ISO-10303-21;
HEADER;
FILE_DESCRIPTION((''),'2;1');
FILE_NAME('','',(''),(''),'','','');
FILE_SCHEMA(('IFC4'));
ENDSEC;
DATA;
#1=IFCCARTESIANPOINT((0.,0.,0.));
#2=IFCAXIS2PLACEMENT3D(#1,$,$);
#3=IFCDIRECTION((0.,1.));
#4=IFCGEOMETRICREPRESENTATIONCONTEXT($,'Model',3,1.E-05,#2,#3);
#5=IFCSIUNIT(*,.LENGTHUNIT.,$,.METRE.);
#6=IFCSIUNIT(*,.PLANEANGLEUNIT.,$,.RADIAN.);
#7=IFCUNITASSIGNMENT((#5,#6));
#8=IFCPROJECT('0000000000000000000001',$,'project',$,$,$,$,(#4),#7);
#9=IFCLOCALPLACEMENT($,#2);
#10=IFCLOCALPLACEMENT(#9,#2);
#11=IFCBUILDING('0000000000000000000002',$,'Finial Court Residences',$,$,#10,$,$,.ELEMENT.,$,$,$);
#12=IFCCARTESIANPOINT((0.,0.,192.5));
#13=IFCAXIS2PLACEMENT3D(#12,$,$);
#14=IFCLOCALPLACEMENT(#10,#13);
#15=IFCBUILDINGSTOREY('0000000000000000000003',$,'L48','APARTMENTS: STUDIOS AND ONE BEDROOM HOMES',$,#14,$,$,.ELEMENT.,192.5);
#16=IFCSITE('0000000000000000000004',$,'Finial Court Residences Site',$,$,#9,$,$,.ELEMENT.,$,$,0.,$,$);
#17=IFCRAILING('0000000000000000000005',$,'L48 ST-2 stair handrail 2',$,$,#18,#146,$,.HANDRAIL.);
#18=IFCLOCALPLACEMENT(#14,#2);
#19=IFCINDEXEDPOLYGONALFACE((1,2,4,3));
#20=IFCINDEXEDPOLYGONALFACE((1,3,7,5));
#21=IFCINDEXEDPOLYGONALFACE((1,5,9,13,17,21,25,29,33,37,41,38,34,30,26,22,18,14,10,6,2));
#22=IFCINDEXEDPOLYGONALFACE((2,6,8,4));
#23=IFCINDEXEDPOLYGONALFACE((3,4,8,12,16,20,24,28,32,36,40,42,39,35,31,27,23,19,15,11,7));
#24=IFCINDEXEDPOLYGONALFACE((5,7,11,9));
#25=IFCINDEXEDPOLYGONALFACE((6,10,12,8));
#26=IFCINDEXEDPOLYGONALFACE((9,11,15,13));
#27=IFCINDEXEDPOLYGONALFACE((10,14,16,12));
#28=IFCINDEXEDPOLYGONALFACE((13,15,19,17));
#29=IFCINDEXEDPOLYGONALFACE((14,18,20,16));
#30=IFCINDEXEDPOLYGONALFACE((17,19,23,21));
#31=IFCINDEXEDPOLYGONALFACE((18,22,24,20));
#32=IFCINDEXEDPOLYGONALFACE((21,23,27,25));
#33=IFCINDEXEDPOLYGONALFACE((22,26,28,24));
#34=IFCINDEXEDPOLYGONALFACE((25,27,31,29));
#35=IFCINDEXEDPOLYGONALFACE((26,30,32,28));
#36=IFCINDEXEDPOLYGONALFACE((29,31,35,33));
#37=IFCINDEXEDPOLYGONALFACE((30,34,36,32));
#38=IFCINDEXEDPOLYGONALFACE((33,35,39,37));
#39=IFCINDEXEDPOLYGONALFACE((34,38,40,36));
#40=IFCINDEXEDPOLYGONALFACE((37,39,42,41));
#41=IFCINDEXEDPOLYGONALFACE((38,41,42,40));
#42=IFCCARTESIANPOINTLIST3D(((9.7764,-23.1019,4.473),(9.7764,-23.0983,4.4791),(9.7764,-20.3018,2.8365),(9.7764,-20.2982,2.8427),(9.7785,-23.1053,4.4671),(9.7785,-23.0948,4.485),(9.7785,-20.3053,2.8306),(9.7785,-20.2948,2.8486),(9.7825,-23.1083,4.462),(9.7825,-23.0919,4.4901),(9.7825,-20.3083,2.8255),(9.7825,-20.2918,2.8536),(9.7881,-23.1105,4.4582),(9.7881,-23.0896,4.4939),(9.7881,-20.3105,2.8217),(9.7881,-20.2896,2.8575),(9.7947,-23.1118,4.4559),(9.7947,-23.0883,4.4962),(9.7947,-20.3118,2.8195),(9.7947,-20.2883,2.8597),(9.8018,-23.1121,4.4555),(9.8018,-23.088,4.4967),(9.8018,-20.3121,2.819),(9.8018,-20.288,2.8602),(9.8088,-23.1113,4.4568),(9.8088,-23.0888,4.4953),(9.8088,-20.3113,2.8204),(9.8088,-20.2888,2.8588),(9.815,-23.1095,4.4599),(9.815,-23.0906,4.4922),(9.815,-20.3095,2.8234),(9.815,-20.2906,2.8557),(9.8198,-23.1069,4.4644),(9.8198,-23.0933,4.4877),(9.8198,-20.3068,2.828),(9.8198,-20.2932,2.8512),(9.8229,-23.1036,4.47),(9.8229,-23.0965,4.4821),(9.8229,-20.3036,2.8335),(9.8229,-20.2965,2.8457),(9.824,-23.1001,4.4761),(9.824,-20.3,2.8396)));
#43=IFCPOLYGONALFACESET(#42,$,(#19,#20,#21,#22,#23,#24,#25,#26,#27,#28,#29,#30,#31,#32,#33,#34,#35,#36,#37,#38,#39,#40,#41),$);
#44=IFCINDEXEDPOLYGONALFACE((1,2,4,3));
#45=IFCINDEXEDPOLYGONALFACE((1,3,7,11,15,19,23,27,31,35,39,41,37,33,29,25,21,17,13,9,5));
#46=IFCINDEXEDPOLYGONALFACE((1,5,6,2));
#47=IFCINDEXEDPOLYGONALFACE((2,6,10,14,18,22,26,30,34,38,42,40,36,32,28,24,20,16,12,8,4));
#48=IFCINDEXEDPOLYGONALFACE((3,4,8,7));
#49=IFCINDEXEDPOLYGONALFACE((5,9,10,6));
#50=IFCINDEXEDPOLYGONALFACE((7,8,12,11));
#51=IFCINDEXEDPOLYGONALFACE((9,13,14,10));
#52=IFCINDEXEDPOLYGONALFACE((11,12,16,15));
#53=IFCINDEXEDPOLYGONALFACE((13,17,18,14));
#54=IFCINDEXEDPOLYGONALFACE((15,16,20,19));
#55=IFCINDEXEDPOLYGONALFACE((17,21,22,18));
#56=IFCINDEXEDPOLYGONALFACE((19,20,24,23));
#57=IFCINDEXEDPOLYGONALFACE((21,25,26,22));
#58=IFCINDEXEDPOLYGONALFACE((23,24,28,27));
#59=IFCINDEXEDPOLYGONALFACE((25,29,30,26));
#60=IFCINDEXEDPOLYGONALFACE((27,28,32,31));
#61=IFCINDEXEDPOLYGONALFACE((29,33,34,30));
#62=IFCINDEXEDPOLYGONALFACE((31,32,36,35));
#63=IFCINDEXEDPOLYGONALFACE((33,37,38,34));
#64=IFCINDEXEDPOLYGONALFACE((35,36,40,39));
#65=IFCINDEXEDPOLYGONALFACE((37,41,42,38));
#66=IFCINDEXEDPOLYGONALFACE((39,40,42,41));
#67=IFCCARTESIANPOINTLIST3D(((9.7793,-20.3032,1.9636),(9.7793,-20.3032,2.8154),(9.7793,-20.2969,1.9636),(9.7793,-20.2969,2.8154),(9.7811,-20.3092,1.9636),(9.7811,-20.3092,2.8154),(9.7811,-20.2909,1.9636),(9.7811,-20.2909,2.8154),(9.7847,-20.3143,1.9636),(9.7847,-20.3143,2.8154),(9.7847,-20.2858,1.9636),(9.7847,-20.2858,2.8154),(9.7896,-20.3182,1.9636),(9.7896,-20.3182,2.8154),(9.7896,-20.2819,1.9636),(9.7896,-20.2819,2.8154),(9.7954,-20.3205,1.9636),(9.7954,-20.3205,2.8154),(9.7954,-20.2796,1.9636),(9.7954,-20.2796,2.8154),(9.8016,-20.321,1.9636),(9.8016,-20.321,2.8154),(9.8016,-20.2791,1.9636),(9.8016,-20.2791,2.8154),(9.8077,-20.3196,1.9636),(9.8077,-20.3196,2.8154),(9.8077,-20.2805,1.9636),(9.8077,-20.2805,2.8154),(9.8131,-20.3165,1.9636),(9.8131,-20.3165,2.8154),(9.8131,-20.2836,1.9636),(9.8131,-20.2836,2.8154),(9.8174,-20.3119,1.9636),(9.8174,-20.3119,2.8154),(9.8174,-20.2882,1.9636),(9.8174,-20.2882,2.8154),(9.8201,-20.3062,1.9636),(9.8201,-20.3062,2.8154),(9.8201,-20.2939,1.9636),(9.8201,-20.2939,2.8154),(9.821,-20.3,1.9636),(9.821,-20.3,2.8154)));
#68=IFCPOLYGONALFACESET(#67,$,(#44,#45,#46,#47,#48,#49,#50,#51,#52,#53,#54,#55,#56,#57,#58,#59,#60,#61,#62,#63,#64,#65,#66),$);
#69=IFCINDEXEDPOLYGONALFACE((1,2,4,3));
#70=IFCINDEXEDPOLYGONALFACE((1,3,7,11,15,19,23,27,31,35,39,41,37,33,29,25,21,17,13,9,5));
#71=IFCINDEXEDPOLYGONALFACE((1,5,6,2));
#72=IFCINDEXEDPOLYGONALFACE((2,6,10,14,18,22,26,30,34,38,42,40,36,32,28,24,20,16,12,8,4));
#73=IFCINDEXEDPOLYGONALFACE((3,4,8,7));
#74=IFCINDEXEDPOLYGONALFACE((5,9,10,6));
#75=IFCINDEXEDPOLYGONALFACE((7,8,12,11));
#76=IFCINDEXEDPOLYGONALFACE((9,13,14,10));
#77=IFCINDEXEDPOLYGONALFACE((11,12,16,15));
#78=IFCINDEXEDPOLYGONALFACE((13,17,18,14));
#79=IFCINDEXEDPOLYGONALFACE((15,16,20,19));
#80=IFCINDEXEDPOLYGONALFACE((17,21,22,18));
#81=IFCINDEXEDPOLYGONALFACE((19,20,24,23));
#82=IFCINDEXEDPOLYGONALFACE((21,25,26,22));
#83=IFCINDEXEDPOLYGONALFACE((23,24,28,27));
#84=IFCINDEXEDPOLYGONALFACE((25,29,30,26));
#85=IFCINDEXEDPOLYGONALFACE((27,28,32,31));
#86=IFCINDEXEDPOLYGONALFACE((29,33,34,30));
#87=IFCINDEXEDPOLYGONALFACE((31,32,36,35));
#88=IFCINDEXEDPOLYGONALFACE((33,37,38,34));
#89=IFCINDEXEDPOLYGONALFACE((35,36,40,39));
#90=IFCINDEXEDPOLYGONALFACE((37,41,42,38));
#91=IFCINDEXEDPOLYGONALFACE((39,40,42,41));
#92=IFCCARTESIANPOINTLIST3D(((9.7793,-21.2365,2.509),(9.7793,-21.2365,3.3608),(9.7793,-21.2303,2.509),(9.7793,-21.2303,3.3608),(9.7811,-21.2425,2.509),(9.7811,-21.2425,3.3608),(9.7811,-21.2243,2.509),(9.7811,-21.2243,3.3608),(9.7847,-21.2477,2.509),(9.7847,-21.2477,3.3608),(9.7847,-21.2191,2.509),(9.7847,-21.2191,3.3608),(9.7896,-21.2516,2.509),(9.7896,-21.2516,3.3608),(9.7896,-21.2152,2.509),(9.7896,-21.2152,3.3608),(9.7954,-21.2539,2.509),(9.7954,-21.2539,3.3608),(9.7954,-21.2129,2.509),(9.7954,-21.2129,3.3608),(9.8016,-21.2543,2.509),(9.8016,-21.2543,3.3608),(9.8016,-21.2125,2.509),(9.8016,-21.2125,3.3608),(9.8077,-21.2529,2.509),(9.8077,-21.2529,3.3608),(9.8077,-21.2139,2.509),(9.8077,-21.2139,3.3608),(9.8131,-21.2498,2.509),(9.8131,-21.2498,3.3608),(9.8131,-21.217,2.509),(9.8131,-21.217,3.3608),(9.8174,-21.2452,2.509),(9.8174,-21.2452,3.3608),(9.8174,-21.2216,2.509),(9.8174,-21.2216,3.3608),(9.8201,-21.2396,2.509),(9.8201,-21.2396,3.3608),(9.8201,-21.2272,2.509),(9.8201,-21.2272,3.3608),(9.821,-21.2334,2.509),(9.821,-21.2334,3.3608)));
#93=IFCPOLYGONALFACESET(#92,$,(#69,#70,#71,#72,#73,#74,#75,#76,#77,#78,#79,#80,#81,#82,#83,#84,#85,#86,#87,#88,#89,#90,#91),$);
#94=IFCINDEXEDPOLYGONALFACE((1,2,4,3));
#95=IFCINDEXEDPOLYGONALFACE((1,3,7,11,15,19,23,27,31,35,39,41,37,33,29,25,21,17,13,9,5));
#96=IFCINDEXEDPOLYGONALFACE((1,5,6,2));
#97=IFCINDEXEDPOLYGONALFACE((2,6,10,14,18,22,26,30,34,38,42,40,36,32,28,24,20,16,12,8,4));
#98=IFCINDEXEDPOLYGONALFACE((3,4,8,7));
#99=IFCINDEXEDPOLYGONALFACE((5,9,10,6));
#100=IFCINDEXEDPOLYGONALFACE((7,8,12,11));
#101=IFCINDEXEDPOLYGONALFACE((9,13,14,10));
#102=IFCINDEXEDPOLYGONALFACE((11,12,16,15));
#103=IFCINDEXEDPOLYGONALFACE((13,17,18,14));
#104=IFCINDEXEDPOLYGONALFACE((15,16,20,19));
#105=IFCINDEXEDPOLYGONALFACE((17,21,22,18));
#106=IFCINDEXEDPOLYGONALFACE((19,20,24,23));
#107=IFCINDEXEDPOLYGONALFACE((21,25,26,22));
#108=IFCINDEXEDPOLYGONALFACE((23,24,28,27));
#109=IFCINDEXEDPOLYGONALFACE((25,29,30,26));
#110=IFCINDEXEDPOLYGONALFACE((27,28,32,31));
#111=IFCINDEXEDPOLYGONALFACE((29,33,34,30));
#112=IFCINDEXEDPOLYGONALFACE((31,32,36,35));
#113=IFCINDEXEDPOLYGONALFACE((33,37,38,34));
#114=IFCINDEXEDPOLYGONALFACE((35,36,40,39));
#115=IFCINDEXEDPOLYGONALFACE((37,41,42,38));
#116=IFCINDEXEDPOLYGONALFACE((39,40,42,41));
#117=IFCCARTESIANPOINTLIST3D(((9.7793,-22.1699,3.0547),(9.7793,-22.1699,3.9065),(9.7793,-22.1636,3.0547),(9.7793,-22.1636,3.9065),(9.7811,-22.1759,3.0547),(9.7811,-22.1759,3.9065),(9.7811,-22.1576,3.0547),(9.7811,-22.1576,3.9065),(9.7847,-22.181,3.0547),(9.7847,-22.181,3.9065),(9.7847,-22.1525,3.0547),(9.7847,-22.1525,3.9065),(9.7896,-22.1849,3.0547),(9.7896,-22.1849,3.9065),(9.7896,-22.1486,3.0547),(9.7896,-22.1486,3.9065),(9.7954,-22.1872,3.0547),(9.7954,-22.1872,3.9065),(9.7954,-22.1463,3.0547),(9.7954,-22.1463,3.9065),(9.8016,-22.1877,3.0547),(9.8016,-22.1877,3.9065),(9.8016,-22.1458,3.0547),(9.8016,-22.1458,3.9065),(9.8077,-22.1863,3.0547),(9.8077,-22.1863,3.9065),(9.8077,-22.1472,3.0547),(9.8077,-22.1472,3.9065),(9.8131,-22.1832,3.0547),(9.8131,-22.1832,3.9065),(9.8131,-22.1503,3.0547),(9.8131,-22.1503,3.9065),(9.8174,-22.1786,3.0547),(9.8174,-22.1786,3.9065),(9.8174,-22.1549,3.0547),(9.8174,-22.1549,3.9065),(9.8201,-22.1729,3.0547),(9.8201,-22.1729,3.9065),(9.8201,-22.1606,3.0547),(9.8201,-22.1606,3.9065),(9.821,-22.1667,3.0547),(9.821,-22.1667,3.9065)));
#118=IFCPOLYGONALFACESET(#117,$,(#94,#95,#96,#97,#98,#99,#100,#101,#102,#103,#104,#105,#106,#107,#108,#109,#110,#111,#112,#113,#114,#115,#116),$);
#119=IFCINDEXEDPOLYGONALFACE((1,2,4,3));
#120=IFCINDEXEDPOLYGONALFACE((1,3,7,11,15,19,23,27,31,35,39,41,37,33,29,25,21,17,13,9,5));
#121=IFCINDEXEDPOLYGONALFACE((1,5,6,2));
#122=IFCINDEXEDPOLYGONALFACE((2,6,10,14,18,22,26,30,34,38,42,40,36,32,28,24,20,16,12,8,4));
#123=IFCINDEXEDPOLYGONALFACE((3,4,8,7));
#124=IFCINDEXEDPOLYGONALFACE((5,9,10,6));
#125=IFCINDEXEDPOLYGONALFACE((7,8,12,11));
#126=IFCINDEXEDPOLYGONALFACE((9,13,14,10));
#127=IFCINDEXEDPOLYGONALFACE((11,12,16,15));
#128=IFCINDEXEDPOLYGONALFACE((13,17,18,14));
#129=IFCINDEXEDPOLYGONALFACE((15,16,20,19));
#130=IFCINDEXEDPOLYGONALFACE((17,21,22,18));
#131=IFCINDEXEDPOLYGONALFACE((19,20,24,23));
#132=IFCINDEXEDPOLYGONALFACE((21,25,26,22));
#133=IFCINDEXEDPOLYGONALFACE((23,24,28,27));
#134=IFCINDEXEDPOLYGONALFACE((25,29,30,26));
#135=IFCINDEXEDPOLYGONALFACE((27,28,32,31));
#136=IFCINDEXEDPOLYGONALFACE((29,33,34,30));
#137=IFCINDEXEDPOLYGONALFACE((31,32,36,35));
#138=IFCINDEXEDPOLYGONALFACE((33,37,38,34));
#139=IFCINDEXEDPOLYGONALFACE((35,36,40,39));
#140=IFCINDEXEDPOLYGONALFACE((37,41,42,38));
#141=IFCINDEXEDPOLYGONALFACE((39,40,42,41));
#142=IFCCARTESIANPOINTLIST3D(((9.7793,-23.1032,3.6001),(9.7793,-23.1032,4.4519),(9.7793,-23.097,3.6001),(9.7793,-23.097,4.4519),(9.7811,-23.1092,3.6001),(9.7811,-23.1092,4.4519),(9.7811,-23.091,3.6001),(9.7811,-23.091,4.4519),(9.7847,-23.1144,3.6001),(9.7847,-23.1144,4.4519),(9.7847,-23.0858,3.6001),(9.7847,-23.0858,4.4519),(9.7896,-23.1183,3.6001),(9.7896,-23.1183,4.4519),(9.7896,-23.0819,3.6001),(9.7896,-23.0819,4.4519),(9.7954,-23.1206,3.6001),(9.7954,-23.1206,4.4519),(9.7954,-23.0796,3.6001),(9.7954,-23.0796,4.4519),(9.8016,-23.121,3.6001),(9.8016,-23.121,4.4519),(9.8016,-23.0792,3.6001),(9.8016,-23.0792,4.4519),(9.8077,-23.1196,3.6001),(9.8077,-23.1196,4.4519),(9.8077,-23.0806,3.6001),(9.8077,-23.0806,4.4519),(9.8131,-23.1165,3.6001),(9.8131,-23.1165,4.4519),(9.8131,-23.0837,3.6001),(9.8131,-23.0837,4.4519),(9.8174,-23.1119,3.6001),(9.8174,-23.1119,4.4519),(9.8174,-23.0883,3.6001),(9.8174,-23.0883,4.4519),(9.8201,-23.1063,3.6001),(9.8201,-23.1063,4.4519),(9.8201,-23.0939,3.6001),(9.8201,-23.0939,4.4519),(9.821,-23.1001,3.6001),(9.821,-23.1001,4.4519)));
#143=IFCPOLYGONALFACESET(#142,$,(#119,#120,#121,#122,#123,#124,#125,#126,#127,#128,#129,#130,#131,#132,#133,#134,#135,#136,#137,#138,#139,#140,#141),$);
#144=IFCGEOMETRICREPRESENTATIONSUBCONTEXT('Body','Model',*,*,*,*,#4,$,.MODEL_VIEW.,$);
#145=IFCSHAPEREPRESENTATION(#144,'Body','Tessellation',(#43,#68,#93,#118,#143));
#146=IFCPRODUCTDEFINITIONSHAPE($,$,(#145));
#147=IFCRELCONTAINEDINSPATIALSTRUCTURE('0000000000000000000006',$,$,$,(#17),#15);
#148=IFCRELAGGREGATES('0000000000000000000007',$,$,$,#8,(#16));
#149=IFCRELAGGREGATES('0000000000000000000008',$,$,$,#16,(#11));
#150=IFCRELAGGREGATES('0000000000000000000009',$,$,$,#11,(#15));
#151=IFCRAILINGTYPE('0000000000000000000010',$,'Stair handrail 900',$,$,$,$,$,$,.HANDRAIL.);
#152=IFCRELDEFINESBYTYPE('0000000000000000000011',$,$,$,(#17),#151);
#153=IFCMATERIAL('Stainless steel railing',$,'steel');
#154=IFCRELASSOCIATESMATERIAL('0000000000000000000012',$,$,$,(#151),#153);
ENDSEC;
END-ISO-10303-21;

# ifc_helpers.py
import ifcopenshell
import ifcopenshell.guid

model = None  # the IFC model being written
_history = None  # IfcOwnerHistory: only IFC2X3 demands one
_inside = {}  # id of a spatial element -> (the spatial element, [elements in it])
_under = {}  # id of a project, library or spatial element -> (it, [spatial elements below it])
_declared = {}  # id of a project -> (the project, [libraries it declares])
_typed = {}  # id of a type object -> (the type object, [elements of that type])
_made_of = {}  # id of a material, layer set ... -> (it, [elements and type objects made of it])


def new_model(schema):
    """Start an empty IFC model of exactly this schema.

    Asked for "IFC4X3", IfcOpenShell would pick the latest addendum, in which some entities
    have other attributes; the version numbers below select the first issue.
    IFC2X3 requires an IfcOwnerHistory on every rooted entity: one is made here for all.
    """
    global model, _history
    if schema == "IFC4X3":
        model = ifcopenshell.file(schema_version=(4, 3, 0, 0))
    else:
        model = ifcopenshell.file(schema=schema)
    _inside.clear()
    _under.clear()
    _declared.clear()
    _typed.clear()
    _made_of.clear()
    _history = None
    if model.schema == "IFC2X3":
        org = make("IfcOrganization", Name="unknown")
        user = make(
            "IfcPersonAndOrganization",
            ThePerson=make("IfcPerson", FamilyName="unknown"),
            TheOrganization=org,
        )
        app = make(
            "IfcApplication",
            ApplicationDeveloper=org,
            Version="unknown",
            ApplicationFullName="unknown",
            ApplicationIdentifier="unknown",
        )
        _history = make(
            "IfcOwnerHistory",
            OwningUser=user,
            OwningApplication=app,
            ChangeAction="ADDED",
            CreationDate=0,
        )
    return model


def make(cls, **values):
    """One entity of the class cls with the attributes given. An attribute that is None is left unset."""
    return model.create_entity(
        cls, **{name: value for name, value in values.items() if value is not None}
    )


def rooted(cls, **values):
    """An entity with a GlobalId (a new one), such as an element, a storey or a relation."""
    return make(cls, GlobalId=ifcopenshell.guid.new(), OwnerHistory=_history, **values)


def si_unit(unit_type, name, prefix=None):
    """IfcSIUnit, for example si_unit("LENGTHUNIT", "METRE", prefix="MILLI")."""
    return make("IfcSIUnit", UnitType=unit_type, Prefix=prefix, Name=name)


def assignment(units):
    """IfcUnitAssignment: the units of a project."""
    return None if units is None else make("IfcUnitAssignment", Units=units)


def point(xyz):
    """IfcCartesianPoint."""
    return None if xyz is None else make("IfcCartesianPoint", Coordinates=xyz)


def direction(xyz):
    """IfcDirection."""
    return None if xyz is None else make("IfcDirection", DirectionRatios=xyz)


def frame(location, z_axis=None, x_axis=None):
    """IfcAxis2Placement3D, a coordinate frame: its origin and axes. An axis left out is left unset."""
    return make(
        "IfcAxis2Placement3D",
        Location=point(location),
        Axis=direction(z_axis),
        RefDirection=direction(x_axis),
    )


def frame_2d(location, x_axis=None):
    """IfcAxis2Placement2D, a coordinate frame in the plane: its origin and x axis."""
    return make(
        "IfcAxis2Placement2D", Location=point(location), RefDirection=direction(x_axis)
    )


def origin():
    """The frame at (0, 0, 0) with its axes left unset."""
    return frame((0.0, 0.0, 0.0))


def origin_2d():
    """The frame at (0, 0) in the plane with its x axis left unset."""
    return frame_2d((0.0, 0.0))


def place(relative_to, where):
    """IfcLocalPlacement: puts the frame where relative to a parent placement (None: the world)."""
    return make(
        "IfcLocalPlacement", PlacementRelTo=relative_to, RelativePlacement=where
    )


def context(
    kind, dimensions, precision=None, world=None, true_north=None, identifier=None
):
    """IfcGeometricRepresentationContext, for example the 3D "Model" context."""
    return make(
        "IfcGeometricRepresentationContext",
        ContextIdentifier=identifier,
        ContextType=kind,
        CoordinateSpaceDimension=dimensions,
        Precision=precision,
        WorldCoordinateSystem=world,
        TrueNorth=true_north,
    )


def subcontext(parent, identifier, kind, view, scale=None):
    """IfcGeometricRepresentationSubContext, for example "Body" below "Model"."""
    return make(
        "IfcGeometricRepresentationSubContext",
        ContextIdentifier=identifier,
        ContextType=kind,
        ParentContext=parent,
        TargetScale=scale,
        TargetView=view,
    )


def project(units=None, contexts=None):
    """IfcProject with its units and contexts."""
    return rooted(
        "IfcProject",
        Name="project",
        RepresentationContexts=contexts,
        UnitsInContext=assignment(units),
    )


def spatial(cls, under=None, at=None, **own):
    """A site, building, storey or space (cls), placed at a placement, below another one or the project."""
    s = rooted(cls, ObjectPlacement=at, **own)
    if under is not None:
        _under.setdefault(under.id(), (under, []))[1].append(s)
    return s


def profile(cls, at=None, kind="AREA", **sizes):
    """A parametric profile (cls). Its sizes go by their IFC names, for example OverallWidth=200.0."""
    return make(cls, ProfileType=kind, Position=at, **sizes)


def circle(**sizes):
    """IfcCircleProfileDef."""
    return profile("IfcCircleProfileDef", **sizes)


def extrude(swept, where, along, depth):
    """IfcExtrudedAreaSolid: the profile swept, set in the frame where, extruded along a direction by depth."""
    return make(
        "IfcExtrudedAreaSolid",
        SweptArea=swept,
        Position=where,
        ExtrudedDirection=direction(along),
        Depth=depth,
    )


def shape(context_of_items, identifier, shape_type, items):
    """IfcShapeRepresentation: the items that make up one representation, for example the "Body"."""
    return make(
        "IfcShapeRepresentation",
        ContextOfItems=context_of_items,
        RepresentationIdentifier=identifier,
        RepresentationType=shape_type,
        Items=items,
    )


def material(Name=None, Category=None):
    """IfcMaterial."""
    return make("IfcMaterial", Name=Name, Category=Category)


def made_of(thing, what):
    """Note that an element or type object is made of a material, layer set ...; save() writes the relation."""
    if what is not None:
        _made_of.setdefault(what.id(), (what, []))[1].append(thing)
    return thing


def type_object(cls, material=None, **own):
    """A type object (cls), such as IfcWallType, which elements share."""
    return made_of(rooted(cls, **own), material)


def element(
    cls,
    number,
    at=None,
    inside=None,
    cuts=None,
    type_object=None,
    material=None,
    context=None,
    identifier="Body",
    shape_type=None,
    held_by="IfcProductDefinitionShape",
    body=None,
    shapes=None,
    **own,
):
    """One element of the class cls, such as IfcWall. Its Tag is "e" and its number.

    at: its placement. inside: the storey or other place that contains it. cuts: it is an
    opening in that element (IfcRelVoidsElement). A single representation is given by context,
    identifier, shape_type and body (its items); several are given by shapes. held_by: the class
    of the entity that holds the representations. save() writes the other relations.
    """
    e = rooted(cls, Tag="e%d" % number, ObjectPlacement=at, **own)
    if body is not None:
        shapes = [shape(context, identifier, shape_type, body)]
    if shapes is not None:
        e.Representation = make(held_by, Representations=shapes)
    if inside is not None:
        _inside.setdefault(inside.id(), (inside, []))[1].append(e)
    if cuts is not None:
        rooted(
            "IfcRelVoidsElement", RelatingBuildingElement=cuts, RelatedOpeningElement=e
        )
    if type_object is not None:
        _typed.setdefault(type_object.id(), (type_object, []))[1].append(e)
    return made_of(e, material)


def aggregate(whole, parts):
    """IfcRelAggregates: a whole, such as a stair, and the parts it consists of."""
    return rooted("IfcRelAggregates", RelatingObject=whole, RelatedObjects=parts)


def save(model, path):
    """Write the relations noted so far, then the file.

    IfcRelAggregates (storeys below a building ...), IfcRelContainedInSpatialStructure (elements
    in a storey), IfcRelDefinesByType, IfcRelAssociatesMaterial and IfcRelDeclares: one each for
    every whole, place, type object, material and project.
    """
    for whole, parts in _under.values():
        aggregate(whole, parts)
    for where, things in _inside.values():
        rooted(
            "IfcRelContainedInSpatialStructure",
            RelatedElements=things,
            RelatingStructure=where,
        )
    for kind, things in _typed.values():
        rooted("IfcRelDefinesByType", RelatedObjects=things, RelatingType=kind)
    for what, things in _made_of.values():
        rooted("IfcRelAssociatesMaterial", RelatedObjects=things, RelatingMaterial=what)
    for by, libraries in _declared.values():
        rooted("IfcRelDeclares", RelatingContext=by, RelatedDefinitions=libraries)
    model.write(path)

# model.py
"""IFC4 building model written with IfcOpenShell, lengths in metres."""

from ifc_helpers import new_model, si_unit, direction, frame, origin, origin_2d, place, context, subcontext, project, spatial, circle, extrude, material, type_object, element, save


model = new_model("IFC4")

# Units and contexts
model_context = context("Model", 3, precision=1e-05, world=origin(), true_north=direction((0.0, 1.0)))
body_context = subcontext(model_context, "Body", "Model", "MODEL_VIEW")
ifc_project = project(units=[si_unit("LENGTHUNIT", "METRE"), si_unit("PLANEANGLEUNIT", "RADIAN")], contexts=[model_context])

# Site, building, storey
site_placement = place(None, origin())
site = spatial("IfcSite", under=ifc_project, at=site_placement, Name="Finial Court Residences Site", CompositionType="ELEMENT", RefElevation=0.0)
building_placement = place(site_placement, origin())
building = spatial("IfcBuilding", under=site, at=building_placement, Name="Finial Court Residences", CompositionType="ELEMENT")
storey_placement = place(building_placement, frame((0.0, 0.0, 192.5)))
storey = spatial("IfcBuildingStorey", under=building, at=storey_placement, Name="L48", Description="APARTMENTS: STUDIOS AND ONE BEDROOM HOMES", CompositionType="ELEMENT", Elevation=192.5)

# Railing
ifc_material_1 = material(Name="Stainless steel railing", Category="steel")
railing_type_1 = type_object("IfcRailingType", Name="Stair handrail 900", PredefinedType="HANDRAIL", material=ifc_material_1)
railing_1_placement = place(storey_placement, frame((9.8, -20.3, 1.9636)))
element("IfcRailing", 1, at=railing_1_placement, inside=storey, type_object=railing_type_1, Name="L48 ST-2 stair handrail 2", PredefinedType="HANDRAIL", context=body_context, shape_type="SweptSolid", body=[
    extrude(circle(Radius=0.0239, at=origin_2d()), frame((0.0, 0.0, 0.876), z_axis=(0.0, -0.863361, 0.504587), x_axis=(1.0, 0.0, 0.0)), (0.0, 0.0, 1.0), 3.2432),
    extrude(circle(Radius=0.021, at=origin_2d()), origin(), (0.0, 0.0, 1.0), 0.8518),
    extrude(circle(Radius=0.021, at=origin_2d()), frame((0.0, -0.9333, 0.5454)), (0.0, 0.0, 1.0), 0.8518),
    extrude(circle(Radius=0.021, at=origin_2d()), frame((0.0, -1.8667, 1.0911)), (0.0, 0.0, 1.0), 0.8518),
    extrude(circle(Radius=0.021, at=origin_2d()), frame((0.0, -2.8, 1.6365)), (0.0, 0.0, 1.0), 0.8518),
])

save(model, "model.ifc")
